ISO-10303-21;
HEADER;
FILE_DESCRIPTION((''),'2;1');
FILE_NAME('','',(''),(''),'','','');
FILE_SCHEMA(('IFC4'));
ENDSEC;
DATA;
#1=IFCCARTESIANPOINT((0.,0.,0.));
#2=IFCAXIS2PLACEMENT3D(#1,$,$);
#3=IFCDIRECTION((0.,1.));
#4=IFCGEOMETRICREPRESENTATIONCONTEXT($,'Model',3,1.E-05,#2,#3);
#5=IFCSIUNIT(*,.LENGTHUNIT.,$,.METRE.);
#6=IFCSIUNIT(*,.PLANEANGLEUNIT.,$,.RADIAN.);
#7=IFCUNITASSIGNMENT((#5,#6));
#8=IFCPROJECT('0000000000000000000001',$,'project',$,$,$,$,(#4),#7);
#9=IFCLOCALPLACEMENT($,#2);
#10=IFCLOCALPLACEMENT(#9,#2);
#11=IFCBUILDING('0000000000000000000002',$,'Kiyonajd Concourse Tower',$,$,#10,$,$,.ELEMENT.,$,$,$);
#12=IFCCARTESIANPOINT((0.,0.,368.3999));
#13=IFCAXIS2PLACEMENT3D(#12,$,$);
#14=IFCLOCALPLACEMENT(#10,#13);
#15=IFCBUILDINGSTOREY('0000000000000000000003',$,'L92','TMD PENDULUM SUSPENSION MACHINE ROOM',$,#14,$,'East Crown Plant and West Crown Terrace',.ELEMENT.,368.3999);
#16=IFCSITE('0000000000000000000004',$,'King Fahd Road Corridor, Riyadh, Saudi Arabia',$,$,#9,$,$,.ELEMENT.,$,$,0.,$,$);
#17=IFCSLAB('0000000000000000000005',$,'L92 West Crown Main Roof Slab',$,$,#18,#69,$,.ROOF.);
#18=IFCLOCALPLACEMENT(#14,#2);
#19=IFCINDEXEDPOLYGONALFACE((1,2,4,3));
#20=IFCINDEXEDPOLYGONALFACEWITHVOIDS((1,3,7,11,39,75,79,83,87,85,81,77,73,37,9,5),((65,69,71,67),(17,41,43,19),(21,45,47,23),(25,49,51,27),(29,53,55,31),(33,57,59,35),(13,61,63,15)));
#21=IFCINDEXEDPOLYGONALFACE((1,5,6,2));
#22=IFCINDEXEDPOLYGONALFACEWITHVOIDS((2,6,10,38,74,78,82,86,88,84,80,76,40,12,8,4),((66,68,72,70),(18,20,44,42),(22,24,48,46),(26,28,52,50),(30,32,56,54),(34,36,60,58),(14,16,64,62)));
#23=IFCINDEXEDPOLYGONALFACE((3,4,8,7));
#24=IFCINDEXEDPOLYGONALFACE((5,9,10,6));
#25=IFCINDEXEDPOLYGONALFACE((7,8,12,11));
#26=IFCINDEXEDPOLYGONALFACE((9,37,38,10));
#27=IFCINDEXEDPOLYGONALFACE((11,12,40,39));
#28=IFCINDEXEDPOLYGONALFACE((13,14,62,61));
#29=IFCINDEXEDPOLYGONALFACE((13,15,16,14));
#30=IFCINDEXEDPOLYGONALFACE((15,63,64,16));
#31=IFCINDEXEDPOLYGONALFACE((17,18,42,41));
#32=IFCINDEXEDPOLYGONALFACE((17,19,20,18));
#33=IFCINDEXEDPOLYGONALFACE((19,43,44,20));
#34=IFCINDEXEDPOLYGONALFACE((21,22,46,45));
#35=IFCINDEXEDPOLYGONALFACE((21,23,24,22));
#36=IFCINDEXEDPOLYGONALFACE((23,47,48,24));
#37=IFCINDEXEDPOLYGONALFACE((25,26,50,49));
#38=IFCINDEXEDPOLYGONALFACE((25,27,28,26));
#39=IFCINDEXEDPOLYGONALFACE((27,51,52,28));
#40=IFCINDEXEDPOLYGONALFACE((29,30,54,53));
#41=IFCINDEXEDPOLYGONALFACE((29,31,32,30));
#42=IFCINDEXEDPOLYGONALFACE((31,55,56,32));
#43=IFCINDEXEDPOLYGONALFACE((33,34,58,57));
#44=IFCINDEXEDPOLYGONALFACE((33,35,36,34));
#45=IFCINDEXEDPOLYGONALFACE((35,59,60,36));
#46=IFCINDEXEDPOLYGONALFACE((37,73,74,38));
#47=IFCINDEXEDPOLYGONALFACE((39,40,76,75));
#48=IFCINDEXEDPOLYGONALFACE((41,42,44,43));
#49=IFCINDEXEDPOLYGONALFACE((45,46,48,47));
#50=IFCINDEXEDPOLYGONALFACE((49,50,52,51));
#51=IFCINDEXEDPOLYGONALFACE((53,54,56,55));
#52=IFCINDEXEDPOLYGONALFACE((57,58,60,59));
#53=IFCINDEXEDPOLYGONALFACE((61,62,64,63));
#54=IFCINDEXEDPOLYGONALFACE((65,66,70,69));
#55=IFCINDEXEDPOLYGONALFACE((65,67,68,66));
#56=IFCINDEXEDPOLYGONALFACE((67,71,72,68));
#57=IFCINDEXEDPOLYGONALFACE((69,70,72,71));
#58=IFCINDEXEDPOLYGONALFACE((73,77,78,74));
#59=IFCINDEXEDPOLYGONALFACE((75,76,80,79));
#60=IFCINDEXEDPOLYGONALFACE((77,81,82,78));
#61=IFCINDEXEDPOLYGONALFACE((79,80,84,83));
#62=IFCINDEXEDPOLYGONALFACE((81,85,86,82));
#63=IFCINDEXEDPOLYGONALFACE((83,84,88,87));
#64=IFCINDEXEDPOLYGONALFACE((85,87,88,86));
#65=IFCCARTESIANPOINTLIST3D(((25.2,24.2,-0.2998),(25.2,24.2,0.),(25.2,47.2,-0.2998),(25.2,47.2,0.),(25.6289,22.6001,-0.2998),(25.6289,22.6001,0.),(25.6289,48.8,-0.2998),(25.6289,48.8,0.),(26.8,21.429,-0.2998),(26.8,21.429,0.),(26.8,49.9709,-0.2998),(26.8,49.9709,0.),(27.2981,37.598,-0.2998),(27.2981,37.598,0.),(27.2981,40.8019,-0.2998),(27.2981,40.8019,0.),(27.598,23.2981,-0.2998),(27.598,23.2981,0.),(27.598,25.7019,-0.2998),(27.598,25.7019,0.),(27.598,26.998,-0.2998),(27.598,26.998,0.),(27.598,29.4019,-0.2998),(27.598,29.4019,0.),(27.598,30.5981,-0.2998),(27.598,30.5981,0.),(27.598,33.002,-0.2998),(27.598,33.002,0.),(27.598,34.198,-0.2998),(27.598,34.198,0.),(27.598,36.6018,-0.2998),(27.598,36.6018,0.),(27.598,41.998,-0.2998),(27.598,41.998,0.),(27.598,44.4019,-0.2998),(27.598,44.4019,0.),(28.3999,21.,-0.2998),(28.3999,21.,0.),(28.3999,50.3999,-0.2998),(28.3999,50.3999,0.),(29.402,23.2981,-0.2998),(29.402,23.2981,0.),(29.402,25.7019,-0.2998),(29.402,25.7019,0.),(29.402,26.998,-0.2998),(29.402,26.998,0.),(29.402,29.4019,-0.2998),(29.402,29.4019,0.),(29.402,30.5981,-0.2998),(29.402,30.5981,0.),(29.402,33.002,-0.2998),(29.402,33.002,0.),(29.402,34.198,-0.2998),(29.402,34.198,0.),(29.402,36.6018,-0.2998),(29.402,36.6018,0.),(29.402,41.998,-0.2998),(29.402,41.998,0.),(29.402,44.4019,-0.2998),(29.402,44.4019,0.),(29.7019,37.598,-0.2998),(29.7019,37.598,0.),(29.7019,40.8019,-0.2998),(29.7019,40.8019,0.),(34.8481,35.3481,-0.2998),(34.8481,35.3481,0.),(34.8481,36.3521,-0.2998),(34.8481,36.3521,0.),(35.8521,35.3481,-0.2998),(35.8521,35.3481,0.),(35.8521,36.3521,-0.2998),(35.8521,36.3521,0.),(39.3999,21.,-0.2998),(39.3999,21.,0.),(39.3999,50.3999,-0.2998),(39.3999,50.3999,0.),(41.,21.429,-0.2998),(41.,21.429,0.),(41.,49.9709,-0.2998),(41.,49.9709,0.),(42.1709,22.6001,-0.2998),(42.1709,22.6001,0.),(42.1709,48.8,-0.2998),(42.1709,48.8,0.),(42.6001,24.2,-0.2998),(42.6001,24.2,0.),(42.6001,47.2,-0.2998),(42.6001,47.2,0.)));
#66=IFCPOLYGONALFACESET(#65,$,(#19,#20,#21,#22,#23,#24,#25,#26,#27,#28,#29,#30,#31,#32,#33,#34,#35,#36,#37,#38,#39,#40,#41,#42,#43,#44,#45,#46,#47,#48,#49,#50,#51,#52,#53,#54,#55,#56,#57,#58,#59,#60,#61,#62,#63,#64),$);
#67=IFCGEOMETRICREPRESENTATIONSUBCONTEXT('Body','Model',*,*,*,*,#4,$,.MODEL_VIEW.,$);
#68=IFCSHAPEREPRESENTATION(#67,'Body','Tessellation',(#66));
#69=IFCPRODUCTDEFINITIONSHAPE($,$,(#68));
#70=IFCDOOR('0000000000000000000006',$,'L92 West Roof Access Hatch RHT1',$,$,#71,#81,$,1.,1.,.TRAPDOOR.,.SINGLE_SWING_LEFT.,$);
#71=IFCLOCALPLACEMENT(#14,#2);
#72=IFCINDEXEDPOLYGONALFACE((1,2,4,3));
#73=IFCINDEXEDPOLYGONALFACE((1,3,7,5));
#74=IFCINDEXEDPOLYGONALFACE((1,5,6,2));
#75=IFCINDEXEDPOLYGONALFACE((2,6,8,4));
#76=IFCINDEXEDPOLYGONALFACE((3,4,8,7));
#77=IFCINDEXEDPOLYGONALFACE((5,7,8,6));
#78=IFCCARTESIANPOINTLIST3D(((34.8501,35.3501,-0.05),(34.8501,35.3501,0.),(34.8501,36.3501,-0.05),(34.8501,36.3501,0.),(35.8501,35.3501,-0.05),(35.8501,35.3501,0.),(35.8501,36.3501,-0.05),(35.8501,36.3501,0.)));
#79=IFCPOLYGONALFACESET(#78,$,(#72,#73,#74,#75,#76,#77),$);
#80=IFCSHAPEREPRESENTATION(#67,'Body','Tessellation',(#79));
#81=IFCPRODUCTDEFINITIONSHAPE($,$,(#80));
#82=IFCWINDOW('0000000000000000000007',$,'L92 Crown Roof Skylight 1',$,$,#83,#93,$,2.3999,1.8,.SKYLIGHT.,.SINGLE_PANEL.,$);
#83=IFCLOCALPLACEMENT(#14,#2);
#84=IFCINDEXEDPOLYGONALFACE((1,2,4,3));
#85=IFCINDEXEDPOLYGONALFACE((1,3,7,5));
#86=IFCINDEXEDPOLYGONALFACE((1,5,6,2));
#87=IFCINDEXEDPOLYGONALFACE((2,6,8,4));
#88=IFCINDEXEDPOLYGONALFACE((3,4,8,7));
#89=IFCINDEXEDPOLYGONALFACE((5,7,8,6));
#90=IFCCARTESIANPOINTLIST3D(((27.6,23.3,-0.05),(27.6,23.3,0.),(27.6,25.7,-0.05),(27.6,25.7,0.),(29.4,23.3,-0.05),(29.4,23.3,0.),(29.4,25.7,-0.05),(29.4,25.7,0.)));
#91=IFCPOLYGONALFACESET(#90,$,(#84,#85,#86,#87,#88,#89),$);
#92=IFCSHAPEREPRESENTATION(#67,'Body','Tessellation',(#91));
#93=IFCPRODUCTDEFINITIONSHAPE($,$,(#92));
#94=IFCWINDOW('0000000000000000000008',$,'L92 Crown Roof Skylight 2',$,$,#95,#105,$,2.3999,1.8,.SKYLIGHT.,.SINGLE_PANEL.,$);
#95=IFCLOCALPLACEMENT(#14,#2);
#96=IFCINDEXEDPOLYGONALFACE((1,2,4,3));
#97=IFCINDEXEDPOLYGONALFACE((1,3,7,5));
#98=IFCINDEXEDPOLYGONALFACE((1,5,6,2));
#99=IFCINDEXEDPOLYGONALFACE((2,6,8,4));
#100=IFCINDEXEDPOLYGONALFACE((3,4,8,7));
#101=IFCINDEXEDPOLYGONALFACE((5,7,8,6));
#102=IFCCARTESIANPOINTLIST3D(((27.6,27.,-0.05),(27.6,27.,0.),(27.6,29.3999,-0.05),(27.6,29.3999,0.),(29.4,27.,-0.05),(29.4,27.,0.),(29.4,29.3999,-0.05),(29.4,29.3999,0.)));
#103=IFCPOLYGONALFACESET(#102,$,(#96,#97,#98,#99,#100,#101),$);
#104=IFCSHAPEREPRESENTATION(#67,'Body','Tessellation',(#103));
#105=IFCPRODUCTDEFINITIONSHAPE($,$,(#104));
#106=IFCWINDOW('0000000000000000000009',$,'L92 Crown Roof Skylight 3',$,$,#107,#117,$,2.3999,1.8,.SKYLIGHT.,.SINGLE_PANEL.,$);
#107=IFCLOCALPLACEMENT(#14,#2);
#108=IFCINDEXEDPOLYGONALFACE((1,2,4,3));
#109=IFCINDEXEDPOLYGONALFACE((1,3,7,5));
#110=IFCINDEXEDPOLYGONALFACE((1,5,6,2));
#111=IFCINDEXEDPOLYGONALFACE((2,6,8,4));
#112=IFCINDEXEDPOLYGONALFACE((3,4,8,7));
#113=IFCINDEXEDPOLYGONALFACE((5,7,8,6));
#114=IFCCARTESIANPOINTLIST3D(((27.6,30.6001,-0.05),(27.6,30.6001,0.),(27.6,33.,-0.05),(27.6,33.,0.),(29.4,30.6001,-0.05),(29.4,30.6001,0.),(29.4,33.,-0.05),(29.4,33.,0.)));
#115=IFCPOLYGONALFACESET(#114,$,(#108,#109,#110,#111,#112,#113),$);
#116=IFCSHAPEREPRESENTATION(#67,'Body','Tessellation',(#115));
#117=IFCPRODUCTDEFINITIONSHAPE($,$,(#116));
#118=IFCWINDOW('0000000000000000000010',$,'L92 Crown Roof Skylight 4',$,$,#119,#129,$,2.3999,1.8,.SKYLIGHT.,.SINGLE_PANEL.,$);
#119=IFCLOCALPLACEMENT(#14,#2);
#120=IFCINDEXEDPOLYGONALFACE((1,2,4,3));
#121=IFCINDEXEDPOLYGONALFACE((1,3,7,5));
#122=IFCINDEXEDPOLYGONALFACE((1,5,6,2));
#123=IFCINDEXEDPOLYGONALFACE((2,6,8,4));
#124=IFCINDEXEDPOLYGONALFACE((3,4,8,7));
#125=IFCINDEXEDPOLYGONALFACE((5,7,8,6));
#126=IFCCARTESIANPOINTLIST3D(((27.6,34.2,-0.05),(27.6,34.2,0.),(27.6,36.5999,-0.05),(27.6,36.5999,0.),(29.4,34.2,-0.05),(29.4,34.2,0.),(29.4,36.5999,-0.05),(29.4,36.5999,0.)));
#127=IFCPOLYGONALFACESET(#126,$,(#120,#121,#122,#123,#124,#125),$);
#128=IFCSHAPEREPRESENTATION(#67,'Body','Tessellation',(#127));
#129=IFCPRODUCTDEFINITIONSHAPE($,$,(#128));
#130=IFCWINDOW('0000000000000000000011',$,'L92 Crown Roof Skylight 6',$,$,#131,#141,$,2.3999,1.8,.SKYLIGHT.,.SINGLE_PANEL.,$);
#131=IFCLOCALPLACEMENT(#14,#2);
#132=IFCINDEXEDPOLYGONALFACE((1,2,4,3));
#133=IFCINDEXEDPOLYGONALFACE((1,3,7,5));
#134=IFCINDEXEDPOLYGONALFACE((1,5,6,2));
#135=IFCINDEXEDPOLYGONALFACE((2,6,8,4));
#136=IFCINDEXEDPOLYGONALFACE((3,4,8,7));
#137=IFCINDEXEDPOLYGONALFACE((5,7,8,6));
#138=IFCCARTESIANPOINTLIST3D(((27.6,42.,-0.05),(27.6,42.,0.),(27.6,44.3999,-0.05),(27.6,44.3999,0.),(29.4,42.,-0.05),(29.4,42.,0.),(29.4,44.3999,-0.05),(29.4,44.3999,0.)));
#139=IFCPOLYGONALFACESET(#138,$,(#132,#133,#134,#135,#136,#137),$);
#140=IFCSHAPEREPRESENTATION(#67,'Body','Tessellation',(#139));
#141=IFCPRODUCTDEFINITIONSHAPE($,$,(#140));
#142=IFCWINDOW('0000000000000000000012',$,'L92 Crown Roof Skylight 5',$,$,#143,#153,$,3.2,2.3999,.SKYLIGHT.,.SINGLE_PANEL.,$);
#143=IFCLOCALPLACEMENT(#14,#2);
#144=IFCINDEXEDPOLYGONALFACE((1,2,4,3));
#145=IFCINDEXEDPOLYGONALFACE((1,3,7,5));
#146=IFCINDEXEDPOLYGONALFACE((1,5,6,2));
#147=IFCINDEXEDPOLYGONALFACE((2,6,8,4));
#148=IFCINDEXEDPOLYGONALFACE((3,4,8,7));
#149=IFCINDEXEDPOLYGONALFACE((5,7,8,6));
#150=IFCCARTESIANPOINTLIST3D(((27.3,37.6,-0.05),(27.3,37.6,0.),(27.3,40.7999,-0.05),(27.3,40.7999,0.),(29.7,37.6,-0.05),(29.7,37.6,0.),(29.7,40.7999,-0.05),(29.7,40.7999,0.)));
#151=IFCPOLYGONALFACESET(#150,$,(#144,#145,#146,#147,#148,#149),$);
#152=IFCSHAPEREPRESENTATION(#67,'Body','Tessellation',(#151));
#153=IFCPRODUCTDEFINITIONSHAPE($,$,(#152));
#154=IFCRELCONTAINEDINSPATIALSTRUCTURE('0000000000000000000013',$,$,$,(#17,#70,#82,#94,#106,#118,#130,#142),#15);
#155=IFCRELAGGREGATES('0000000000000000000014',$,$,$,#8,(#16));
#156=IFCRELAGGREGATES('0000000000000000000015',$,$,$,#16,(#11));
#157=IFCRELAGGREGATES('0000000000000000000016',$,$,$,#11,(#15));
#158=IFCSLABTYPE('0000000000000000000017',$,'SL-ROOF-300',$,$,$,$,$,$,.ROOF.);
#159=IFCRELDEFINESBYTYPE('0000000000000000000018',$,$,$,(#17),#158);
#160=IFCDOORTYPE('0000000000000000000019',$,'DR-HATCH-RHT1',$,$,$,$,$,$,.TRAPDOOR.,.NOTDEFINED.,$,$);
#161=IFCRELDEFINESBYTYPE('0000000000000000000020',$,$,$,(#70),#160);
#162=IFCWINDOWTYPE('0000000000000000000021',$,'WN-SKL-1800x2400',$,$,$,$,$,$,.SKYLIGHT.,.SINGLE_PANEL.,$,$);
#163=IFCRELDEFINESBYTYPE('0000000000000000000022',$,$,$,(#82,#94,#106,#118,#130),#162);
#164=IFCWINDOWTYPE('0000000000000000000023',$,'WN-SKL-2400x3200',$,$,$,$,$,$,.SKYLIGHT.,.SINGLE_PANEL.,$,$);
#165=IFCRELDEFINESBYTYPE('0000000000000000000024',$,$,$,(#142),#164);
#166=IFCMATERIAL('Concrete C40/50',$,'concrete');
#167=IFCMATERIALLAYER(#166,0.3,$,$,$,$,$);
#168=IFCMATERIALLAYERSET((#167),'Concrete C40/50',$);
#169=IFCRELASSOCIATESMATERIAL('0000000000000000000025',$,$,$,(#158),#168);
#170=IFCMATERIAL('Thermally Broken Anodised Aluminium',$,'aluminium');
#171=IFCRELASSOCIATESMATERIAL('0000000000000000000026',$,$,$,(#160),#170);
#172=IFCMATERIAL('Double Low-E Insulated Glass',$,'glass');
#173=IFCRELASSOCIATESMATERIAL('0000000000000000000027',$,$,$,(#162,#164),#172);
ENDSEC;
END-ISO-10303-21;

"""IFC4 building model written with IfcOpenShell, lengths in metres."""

from ifc_helpers import new_model, si_unit, direction, frame, origin, origin_2d, place, context, subcontext, project, spatial, polyline, rectangle, outline, extrude, material, layer, layer_set, type_object, element, fill, save


model = new_model("IFC4")

# Units and contexts
model_context = context("Model", 3, precision=1e-05, world=origin(), true_north=direction((0.0, 1.0)))
body_context = subcontext(model_context, "Body", "Model", "MODEL_VIEW")
ifc_project = project(units=[si_unit("LENGTHUNIT", "METRE"), si_unit("PLANEANGLEUNIT", "RADIAN")], contexts=[model_context])

# Site, building, storey
site_placement = place(None, origin())
site = spatial("IfcSite", under=ifc_project, at=site_placement, Name="King Fahd Road Corridor, Riyadh, Saudi Arabia", CompositionType="ELEMENT", RefElevation=0.0)
building_placement = place(site_placement, origin())
building = spatial("IfcBuilding", under=site, at=building_placement, Name="Kiyonajd Concourse Tower", CompositionType="ELEMENT")
storey_placement = place(building_placement, frame((0.0, 0.0, 368.3999)))
storey = spatial("IfcBuildingStorey", under=building, at=storey_placement, Name="L92", Description="TMD PENDULUM SUSPENSION MACHINE ROOM", LongName="East Crown Plant and West Crown Terrace", CompositionType="ELEMENT", Elevation=368.3999)

# Shared definitions
ifc_material_1 = material(Name="Concrete C40/50", Category="concrete")

# Slab, openings, door, windows
ifc_layer_1 = layer(ifc_material_1, 0.3)
ifc_layer_set_1 = layer_set([ifc_layer_1], Name="Concrete C40/50")
slab_type_1 = type_object("IfcSlabType", Name="SL-ROOF-300", PredefinedType="ROOF", material=ifc_layer_set_1)
slab_1_placement = place(storey_placement, frame((0.0, 0.0, -0.2998)))
slab_1 = element("IfcSlab", 1, at=slab_1_placement, inside=storey, type_object=slab_type_1, Name="L92 West Crown Main Roof Slab", PredefinedType="ROOF", context=body_context, shape_type="SweptSolid", body=[
    extrude(outline(polyline([(25.2, 24.2), (25.6289, 22.6001), (26.8, 21.429), (28.3999, 21.0), (39.3999, 21.0), (41.0, 21.429), (42.1709, 22.6001), (42.6001, 24.2), (42.6001, 47.2), (42.1709, 48.8), (41.0, 49.9709), (39.3999, 50.3999), (28.3999, 50.3999), (26.8, 49.9709), (25.6289, 48.8), (25.2, 47.2), (25.2, 24.2)]), holes=[polyline([(34.8501, 35.3501), (35.8501, 35.3501), (35.8501, 36.3501), (34.8501, 36.3501), (34.8501, 35.3501)]), polyline([(27.6001, 23.3), (29.3999, 23.3), (29.3999, 25.7), (27.6001, 25.7), (27.6001, 23.3)]), polyline([(27.6001, 27.0), (29.3999, 27.0), (29.3999, 29.3999), (27.6001, 29.3999), (27.6001, 27.0)]), polyline([(27.6001, 30.6001), (29.3999, 30.6001), (29.3999, 33.0), (27.6001, 33.0), (27.6001, 30.6001)]), polyline([(27.6001, 34.2), (29.3999, 34.2), (29.3999, 36.6001), (27.6001, 36.6001), (27.6001, 34.2)]), polyline([(27.3, 37.6001), (29.7, 37.6001), (29.7, 40.8), (27.3, 40.8), (27.3, 37.6001)]), polyline([(27.6001, 42.0), (29.3999, 42.0), (29.3999, 44.3999), (27.6001, 44.3999), (27.6001, 42.0)])]), origin(), (0.0, 0.0, 1.0), 0.2998),
])
opening_1_placement = place(slab_1_placement, frame((35.3501, 35.8501, 0.0)))
opening_1 = element("IfcOpeningElement", 2, at=opening_1_placement, cuts=slab_1, PredefinedType="OPENING", context=body_context, shape_type="SweptSolid", body=[
    extrude(rectangle(XDim=1.0039, YDim=1.0039, at=origin_2d()), frame((0.0, 0.0, -0.01)), (0.0, 0.0, 1.0), 0.3198),
])
opening_2_placement = place(slab_1_placement, frame((28.5, 24.5, 0.0)))
opening_2 = element("IfcOpeningElement", 3, at=opening_2_placement, cuts=slab_1, PredefinedType="OPENING", context=body_context, shape_type="SweptSolid", body=[
    extrude(rectangle(XDim=1.804, YDim=2.4038, at=origin_2d()), frame((0.0, 0.0, -0.01)), (0.0, 0.0, 1.0), 0.3198),
])
opening_3_placement = place(slab_1_placement, frame((28.5, 28.2, 0.0)))
opening_3 = element("IfcOpeningElement", 4, at=opening_3_placement, cuts=slab_1, PredefinedType="OPENING", context=body_context, shape_type="SweptSolid", body=[
    extrude(rectangle(XDim=1.804, YDim=2.4038, at=origin_2d()), frame((0.0, 0.0, -0.01)), (0.0, 0.0, 1.0), 0.3198),
])
opening_4_placement = place(slab_1_placement, frame((28.5, 31.8, 0.0)))
opening_4 = element("IfcOpeningElement", 5, at=opening_4_placement, cuts=slab_1, PredefinedType="OPENING", context=body_context, shape_type="SweptSolid", body=[
    extrude(rectangle(XDim=1.804, YDim=2.4038, at=origin_2d()), frame((0.0, 0.0, -0.01)), (0.0, 0.0, 1.0), 0.3198),
])
opening_5_placement = place(slab_1_placement, frame((28.5, 35.3999, 0.0)))
opening_5 = element("IfcOpeningElement", 6, at=opening_5_placement, cuts=slab_1, PredefinedType="OPENING", context=body_context, shape_type="SweptSolid", body=[
    extrude(rectangle(XDim=1.804, YDim=2.4038, at=origin_2d()), frame((0.0, 0.0, -0.01)), (0.0, 0.0, 1.0), 0.3198),
])
opening_6_placement = place(slab_1_placement, frame((28.5, 39.2, 0.0)))
opening_6 = element("IfcOpeningElement", 7, at=opening_6_placement, cuts=slab_1, PredefinedType="OPENING", context=body_context, shape_type="SweptSolid", body=[
    extrude(rectangle(XDim=2.4038, YDim=3.2039, at=origin_2d()), frame((0.0, 0.0, -0.01)), (0.0, 0.0, 1.0), 0.3198),
])
opening_7_placement = place(slab_1_placement, frame((28.5, 43.2, 0.0)))
opening_7 = element("IfcOpeningElement", 8, at=opening_7_placement, cuts=slab_1, PredefinedType="OPENING", context=body_context, shape_type="SweptSolid", body=[
    extrude(rectangle(XDim=1.804, YDim=2.4038, at=origin_2d()), frame((0.0, 0.0, -0.01)), (0.0, 0.0, 1.0), 0.3198),
])
ifc_material_2 = material(Name="Thermally Broken Anodised Aluminium", Category="aluminium")
door_type = type_object("IfcDoorType", Name="DR-HATCH-RHT1", OperationType="NOTDEFINED", PredefinedType="TRAPDOOR", material=ifc_material_2)
door_placement = place(opening_1_placement, frame((0.0, 0.0, 0.2498)))
door = element("IfcDoor", 9, at=door_placement, inside=storey, type_object=door_type, Name="L92 West Roof Access Hatch RHT1", OperationType="SINGLE_SWING_LEFT", OverallHeight=1.0, OverallWidth=1.0, PredefinedType="TRAPDOOR", context=body_context, shape_type="SweptSolid", body=[
    extrude(rectangle(XDim=1.0, YDim=1.0, at=origin_2d()), origin(), (0.0, 0.0, 1.0), 0.05),
])
fill(opening_1, door)
ifc_material_3 = material(Name="Double Low-E Insulated Glass", Category="glass")
window_type_1 = type_object("IfcWindowType", Name="WN-SKL-1800x2400", PartitioningType="SINGLE_PANEL", PredefinedType="SKYLIGHT", material=ifc_material_3)
window_1_placement = place(opening_2_placement, frame((0.0, 0.0, 0.2498)))
window_1 = element("IfcWindow", 10, at=window_1_placement, inside=storey, type_object=window_type_1, Name="L92 Crown Roof Skylight 1", OverallHeight=2.3999, OverallWidth=1.8, PartitioningType="SINGLE_PANEL", PredefinedType="SKYLIGHT", context=body_context, shape_type="SweptSolid", body=[
    extrude(rectangle(XDim=1.8, YDim=2.3999, at=origin_2d()), origin(), (0.0, 0.0, 1.0), 0.05),
])
fill(opening_2, window_1)
window_2_placement = place(opening_3_placement, frame((0.0, 0.0, 0.2498)))
window_2 = element("IfcWindow", 11, at=window_2_placement, inside=storey, type_object=window_type_1, Name="L92 Crown Roof Skylight 2", OverallHeight=2.3999, OverallWidth=1.8, PartitioningType="SINGLE_PANEL", PredefinedType="SKYLIGHT", context=body_context, shape_type="SweptSolid", body=[
    extrude(rectangle(XDim=1.8, YDim=2.3999, at=origin_2d()), origin(), (0.0, 0.0, 1.0), 0.05),
])
fill(opening_3, window_2)
window_3_placement = place(opening_4_placement, frame((0.0, 0.0, 0.2498)))
window_3 = element("IfcWindow", 12, at=window_3_placement, inside=storey, type_object=window_type_1, Name="L92 Crown Roof Skylight 3", OverallHeight=2.3999, OverallWidth=1.8, PartitioningType="SINGLE_PANEL", PredefinedType="SKYLIGHT", context=body_context, shape_type="SweptSolid", body=[
    extrude(rectangle(XDim=1.8, YDim=2.3999, at=origin_2d()), origin(), (0.0, 0.0, 1.0), 0.05),
])
fill(opening_4, window_3)
window_4_placement = place(opening_5_placement, frame((0.0, 0.0, 0.2498)))
window_4 = element("IfcWindow", 13, at=window_4_placement, inside=storey, type_object=window_type_1, Name="L92 Crown Roof Skylight 4", OverallHeight=2.3999, OverallWidth=1.8, PartitioningType="SINGLE_PANEL", PredefinedType="SKYLIGHT", context=body_context, shape_type="SweptSolid", body=[
    extrude(rectangle(XDim=1.8, YDim=2.3999, at=origin_2d()), origin(), (0.0, 0.0, 1.0), 0.05),
])
fill(opening_5, window_4)
window_5_placement = place(opening_7_placement, frame((0.0, 0.0, 0.2498)))
window_5 = element("IfcWindow", 14, at=window_5_placement, inside=storey, type_object=window_type_1, Name="L92 Crown Roof Skylight 6", OverallHeight=2.3999, OverallWidth=1.8, PartitioningType="SINGLE_PANEL", PredefinedType="SKYLIGHT", context=body_context, shape_type="SweptSolid", body=[
    extrude(rectangle(XDim=1.8, YDim=2.3999, at=origin_2d()), origin(), (0.0, 0.0, 1.0), 0.05),
])
fill(opening_7, window_5)
window_type_2 = type_object("IfcWindowType", Name="WN-SKL-2400x3200", PartitioningType="SINGLE_PANEL", PredefinedType="SKYLIGHT", material=ifc_material_3)
window_6_placement = place(opening_6_placement, frame((0.0, 0.0, 0.2498)))
window_6 = element("IfcWindow", 15, at=window_6_placement, inside=storey, type_object=window_type_2, Name="L92 Crown Roof Skylight 5", OverallHeight=3.2, OverallWidth=2.3999, PartitioningType="SINGLE_PANEL", PredefinedType="SKYLIGHT", context=body_context, shape_type="SweptSolid", body=[
    extrude(rectangle(XDim=2.3999, YDim=3.2, at=origin_2d()), origin(), (0.0, 0.0, 1.0), 0.05),
])
fill(opening_6, window_6)

save(model, "model.ifc")
